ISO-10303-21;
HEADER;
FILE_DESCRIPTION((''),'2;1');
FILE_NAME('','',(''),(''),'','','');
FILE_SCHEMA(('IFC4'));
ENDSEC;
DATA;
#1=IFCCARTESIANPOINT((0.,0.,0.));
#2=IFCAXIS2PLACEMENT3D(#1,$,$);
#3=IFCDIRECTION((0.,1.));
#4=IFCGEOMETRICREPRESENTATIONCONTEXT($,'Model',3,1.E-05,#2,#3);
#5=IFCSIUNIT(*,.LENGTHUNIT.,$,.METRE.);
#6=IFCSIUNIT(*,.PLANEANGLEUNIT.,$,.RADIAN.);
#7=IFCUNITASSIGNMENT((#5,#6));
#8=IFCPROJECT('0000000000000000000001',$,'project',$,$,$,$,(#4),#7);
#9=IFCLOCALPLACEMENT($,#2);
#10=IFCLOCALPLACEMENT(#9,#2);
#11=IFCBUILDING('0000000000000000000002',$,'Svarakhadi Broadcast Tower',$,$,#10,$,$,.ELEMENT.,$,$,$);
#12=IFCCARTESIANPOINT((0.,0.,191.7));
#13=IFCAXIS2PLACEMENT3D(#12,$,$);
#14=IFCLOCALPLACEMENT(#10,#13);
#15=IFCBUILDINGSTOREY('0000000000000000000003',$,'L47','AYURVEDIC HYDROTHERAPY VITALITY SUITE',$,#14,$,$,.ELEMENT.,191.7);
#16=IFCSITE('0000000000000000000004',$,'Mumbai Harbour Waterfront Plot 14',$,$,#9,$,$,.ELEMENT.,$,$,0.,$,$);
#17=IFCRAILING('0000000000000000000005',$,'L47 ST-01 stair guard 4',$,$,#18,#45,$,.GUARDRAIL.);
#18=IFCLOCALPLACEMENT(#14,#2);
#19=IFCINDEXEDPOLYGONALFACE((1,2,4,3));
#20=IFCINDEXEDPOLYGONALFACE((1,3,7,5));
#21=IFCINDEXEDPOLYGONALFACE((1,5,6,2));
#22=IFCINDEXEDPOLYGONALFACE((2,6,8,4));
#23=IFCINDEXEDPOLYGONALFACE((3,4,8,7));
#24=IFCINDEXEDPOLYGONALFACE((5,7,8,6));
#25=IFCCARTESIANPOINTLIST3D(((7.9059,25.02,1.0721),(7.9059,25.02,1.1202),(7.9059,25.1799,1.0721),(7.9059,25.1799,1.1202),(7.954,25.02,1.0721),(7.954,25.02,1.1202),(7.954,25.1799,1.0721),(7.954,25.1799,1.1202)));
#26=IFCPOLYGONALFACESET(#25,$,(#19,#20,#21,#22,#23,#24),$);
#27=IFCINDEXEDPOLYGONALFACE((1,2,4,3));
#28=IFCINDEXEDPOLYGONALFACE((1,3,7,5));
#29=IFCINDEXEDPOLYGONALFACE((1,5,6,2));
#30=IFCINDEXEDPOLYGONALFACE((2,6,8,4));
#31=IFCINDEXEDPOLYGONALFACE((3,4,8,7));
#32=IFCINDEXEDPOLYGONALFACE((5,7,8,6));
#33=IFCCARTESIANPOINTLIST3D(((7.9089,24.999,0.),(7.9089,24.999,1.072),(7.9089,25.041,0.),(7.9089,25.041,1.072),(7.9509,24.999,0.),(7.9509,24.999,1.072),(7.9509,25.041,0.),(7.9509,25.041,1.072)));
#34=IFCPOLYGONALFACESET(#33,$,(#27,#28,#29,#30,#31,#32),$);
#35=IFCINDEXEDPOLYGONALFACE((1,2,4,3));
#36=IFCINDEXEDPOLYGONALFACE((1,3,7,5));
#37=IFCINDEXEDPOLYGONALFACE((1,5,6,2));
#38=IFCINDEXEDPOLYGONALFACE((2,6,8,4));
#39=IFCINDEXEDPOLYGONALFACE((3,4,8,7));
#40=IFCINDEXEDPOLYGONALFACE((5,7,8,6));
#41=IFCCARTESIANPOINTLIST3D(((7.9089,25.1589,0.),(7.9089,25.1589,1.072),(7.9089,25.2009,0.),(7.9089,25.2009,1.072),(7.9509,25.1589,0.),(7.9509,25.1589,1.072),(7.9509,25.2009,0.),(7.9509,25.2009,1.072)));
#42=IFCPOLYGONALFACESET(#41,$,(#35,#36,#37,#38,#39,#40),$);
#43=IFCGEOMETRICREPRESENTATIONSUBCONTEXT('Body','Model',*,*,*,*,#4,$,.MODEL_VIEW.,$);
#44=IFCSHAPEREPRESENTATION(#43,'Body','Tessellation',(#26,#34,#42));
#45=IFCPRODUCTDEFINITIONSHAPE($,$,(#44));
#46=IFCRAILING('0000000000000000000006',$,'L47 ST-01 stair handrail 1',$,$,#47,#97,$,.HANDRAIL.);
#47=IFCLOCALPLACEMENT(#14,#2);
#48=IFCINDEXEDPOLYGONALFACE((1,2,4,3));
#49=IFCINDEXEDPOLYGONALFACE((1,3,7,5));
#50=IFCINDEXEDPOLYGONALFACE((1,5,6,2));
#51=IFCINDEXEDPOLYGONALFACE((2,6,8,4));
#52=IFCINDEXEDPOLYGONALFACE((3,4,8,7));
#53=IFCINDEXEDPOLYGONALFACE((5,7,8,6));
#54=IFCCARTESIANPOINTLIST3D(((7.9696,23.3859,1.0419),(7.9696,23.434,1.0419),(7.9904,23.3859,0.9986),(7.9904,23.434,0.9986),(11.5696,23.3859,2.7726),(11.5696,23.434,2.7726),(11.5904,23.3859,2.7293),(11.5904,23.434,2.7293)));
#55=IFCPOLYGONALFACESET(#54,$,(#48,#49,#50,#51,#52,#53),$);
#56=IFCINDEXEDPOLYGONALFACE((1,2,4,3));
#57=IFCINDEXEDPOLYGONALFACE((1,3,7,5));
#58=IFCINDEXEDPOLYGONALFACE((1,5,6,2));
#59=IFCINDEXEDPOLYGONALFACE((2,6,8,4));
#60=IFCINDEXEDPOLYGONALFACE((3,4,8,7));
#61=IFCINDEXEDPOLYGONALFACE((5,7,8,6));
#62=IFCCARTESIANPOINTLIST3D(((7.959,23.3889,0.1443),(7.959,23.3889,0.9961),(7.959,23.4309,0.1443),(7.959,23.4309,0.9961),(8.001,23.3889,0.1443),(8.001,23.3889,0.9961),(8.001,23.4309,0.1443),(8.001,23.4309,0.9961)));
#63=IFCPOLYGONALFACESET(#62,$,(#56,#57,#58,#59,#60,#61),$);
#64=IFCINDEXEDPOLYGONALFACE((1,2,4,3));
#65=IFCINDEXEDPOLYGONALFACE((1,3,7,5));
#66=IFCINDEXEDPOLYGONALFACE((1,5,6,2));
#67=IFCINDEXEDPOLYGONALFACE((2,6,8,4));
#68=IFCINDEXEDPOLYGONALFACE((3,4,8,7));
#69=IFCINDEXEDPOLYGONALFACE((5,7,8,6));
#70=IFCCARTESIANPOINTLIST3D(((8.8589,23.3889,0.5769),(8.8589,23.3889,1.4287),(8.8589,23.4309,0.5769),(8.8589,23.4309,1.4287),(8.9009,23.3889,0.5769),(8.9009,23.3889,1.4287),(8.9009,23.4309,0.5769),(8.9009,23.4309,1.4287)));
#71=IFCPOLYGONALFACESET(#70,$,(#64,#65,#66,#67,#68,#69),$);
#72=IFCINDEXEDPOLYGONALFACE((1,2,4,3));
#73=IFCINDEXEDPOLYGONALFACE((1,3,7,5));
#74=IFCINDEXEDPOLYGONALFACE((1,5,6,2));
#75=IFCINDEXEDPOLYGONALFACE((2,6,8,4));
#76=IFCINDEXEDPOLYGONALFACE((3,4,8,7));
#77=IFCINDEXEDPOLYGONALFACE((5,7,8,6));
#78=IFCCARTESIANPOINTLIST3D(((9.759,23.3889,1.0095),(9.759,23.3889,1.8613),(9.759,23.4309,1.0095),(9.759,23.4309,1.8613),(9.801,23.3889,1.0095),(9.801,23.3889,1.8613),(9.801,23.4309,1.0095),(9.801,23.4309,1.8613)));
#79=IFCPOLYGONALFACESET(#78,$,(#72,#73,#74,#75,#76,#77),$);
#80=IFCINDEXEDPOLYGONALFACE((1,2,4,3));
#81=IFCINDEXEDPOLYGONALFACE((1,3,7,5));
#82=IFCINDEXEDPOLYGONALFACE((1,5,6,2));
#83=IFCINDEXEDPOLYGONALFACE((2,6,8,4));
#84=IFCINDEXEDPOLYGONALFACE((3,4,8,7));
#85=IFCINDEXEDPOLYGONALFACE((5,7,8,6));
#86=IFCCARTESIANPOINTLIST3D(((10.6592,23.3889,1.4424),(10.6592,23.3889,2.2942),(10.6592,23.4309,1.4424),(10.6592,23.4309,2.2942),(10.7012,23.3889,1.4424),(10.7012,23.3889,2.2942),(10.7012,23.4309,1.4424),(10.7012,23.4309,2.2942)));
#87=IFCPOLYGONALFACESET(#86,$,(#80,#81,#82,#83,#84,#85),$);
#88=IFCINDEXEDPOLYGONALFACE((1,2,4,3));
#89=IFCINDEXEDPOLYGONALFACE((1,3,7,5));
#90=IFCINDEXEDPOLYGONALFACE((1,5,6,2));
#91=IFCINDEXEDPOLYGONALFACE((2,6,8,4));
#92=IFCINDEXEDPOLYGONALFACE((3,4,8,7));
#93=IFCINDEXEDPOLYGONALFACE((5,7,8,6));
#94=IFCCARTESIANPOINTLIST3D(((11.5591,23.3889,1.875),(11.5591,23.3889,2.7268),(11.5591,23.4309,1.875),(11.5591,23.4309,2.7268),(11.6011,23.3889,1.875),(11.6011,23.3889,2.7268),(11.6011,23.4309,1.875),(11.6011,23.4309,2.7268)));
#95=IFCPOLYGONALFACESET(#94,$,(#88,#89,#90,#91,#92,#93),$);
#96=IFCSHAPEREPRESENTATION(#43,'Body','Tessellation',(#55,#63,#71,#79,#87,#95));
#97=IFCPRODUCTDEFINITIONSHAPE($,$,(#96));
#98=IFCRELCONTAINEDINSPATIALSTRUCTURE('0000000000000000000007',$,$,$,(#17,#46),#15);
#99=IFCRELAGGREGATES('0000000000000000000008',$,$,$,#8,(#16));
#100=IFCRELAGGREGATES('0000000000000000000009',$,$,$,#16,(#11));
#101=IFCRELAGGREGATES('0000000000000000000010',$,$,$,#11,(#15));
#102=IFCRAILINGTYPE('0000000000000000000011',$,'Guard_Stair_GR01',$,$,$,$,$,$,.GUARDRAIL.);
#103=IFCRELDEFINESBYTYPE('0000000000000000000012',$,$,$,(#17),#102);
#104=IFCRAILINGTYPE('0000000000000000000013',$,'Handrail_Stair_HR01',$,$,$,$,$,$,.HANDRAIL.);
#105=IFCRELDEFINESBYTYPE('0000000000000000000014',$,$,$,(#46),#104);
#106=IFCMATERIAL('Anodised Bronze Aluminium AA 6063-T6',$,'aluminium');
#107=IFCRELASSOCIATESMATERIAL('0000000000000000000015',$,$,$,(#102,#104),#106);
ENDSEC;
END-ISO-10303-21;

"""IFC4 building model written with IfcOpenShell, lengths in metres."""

from ifc_helpers import new_model, si_unit, direction, frame, origin, origin_2d, place, context, subcontext, project, spatial, rectangle, extrude, material, type_object, element, save


model = new_model("IFC4")

# Units and contexts
model_context = context("Model", 3, precision=1e-05, world=origin(), true_north=direction((0.0, 1.0)))
body_context = subcontext(model_context, "Body", "Model", "MODEL_VIEW")
ifc_project = project(units=[si_unit("LENGTHUNIT", "METRE"), si_unit("PLANEANGLEUNIT", "RADIAN")], contexts=[model_context])

# Site, building, storey
site_placement = place(None, origin())
site = spatial("IfcSite", under=ifc_project, at=site_placement, Name="Mumbai Harbour Waterfront Plot 14", CompositionType="ELEMENT", RefElevation=0.0)
building_placement = place(site_placement, origin())
building = spatial("IfcBuilding", under=site, at=building_placement, Name="Svarakhadi Broadcast Tower", CompositionType="ELEMENT")
storey_placement = place(building_placement, frame((0.0, 0.0, 191.7)))
storey = spatial("IfcBuildingStorey", under=building, at=storey_placement, Name="L47", Description="AYURVEDIC HYDROTHERAPY VITALITY SUITE", CompositionType="ELEMENT", Elevation=191.7)

# Shared definitions
ifc_material_1 = material(Name="Anodised Bronze Aluminium AA 6063-T6", Category="aluminium")

# Railings
railing_type_1 = type_object("IfcRailingType", Name="Guard_Stair_GR01", PredefinedType="GUARDRAIL", material=ifc_material_1)
railing_1_placement = place(storey_placement, frame((7.9299, 25.02, 0.0)))
element("IfcRailing", 1, at=railing_1_placement, inside=storey, type_object=railing_type_1, Name="L47 ST-01 stair guard 4", PredefinedType="GUARDRAIL", context=body_context, shape_type="SweptSolid", body=[
    extrude(rectangle(XDim=0.0481, YDim=0.0481, at=origin_2d()), frame((0.0, 0.0, 1.0962), z_axis=(0.0, 1.0, 0.0), x_axis=(-1.0, 0.0, 0.0)), (0.0, 0.0, 1.0), 0.1599),
    extrude(rectangle(XDim=0.042, YDim=0.042, at=origin_2d()), origin(), (0.0, 0.0, 1.0), 1.072),
    extrude(rectangle(XDim=0.042, YDim=0.042, at=origin_2d()), frame((0.0, 0.1599, 0.0)), (0.0, 0.0, 1.0), 1.072),
])
railing_type_2 = type_object("IfcRailingType", Name="Handrail_Stair_HR01", PredefinedType="HANDRAIL", material=ifc_material_1)
railing_2_placement = place(storey_placement, frame((7.98, 23.4099, 0.1443)))
element("IfcRailing", 2, at=railing_2_placement, inside=storey, type_object=railing_type_2, Name="L47 ST-01 stair handrail 1", PredefinedType="HANDRAIL", context=body_context, shape_type="SweptSolid", body=[
    extrude(rectangle(XDim=0.0481, YDim=0.0481, at=origin_2d()), frame((0.0, 0.0, 0.876), z_axis=(0.901263, 0.0, 0.433273), x_axis=(0.0, 1.0, 0.0)), (0.0, 0.0, 1.0), 3.9944),
    extrude(rectangle(XDim=0.042, YDim=0.042, at=origin_2d()), origin(), (0.0, 0.0, 1.0), 0.8518),
    extrude(rectangle(XDim=0.042, YDim=0.042, at=origin_2d()), frame((0.8999, 0.0, 0.4326)), (0.0, 0.0, 1.0), 0.8518),
    extrude(rectangle(XDim=0.042, YDim=0.042, at=origin_2d()), frame((1.8, 0.0, 0.8652)), (0.0, 0.0, 1.0), 0.8518),
    extrude(rectangle(XDim=0.042, YDim=0.042, at=origin_2d()), frame((2.7002, 0.0, 1.2981)), (0.0, 0.0, 1.0), 0.8518),
    extrude(rectangle(XDim=0.042, YDim=0.042, at=origin_2d()), frame((3.6001, 0.0, 1.7307)), (0.0, 0.0, 1.0), 0.8518),
])

save(model, "model.ifc")
